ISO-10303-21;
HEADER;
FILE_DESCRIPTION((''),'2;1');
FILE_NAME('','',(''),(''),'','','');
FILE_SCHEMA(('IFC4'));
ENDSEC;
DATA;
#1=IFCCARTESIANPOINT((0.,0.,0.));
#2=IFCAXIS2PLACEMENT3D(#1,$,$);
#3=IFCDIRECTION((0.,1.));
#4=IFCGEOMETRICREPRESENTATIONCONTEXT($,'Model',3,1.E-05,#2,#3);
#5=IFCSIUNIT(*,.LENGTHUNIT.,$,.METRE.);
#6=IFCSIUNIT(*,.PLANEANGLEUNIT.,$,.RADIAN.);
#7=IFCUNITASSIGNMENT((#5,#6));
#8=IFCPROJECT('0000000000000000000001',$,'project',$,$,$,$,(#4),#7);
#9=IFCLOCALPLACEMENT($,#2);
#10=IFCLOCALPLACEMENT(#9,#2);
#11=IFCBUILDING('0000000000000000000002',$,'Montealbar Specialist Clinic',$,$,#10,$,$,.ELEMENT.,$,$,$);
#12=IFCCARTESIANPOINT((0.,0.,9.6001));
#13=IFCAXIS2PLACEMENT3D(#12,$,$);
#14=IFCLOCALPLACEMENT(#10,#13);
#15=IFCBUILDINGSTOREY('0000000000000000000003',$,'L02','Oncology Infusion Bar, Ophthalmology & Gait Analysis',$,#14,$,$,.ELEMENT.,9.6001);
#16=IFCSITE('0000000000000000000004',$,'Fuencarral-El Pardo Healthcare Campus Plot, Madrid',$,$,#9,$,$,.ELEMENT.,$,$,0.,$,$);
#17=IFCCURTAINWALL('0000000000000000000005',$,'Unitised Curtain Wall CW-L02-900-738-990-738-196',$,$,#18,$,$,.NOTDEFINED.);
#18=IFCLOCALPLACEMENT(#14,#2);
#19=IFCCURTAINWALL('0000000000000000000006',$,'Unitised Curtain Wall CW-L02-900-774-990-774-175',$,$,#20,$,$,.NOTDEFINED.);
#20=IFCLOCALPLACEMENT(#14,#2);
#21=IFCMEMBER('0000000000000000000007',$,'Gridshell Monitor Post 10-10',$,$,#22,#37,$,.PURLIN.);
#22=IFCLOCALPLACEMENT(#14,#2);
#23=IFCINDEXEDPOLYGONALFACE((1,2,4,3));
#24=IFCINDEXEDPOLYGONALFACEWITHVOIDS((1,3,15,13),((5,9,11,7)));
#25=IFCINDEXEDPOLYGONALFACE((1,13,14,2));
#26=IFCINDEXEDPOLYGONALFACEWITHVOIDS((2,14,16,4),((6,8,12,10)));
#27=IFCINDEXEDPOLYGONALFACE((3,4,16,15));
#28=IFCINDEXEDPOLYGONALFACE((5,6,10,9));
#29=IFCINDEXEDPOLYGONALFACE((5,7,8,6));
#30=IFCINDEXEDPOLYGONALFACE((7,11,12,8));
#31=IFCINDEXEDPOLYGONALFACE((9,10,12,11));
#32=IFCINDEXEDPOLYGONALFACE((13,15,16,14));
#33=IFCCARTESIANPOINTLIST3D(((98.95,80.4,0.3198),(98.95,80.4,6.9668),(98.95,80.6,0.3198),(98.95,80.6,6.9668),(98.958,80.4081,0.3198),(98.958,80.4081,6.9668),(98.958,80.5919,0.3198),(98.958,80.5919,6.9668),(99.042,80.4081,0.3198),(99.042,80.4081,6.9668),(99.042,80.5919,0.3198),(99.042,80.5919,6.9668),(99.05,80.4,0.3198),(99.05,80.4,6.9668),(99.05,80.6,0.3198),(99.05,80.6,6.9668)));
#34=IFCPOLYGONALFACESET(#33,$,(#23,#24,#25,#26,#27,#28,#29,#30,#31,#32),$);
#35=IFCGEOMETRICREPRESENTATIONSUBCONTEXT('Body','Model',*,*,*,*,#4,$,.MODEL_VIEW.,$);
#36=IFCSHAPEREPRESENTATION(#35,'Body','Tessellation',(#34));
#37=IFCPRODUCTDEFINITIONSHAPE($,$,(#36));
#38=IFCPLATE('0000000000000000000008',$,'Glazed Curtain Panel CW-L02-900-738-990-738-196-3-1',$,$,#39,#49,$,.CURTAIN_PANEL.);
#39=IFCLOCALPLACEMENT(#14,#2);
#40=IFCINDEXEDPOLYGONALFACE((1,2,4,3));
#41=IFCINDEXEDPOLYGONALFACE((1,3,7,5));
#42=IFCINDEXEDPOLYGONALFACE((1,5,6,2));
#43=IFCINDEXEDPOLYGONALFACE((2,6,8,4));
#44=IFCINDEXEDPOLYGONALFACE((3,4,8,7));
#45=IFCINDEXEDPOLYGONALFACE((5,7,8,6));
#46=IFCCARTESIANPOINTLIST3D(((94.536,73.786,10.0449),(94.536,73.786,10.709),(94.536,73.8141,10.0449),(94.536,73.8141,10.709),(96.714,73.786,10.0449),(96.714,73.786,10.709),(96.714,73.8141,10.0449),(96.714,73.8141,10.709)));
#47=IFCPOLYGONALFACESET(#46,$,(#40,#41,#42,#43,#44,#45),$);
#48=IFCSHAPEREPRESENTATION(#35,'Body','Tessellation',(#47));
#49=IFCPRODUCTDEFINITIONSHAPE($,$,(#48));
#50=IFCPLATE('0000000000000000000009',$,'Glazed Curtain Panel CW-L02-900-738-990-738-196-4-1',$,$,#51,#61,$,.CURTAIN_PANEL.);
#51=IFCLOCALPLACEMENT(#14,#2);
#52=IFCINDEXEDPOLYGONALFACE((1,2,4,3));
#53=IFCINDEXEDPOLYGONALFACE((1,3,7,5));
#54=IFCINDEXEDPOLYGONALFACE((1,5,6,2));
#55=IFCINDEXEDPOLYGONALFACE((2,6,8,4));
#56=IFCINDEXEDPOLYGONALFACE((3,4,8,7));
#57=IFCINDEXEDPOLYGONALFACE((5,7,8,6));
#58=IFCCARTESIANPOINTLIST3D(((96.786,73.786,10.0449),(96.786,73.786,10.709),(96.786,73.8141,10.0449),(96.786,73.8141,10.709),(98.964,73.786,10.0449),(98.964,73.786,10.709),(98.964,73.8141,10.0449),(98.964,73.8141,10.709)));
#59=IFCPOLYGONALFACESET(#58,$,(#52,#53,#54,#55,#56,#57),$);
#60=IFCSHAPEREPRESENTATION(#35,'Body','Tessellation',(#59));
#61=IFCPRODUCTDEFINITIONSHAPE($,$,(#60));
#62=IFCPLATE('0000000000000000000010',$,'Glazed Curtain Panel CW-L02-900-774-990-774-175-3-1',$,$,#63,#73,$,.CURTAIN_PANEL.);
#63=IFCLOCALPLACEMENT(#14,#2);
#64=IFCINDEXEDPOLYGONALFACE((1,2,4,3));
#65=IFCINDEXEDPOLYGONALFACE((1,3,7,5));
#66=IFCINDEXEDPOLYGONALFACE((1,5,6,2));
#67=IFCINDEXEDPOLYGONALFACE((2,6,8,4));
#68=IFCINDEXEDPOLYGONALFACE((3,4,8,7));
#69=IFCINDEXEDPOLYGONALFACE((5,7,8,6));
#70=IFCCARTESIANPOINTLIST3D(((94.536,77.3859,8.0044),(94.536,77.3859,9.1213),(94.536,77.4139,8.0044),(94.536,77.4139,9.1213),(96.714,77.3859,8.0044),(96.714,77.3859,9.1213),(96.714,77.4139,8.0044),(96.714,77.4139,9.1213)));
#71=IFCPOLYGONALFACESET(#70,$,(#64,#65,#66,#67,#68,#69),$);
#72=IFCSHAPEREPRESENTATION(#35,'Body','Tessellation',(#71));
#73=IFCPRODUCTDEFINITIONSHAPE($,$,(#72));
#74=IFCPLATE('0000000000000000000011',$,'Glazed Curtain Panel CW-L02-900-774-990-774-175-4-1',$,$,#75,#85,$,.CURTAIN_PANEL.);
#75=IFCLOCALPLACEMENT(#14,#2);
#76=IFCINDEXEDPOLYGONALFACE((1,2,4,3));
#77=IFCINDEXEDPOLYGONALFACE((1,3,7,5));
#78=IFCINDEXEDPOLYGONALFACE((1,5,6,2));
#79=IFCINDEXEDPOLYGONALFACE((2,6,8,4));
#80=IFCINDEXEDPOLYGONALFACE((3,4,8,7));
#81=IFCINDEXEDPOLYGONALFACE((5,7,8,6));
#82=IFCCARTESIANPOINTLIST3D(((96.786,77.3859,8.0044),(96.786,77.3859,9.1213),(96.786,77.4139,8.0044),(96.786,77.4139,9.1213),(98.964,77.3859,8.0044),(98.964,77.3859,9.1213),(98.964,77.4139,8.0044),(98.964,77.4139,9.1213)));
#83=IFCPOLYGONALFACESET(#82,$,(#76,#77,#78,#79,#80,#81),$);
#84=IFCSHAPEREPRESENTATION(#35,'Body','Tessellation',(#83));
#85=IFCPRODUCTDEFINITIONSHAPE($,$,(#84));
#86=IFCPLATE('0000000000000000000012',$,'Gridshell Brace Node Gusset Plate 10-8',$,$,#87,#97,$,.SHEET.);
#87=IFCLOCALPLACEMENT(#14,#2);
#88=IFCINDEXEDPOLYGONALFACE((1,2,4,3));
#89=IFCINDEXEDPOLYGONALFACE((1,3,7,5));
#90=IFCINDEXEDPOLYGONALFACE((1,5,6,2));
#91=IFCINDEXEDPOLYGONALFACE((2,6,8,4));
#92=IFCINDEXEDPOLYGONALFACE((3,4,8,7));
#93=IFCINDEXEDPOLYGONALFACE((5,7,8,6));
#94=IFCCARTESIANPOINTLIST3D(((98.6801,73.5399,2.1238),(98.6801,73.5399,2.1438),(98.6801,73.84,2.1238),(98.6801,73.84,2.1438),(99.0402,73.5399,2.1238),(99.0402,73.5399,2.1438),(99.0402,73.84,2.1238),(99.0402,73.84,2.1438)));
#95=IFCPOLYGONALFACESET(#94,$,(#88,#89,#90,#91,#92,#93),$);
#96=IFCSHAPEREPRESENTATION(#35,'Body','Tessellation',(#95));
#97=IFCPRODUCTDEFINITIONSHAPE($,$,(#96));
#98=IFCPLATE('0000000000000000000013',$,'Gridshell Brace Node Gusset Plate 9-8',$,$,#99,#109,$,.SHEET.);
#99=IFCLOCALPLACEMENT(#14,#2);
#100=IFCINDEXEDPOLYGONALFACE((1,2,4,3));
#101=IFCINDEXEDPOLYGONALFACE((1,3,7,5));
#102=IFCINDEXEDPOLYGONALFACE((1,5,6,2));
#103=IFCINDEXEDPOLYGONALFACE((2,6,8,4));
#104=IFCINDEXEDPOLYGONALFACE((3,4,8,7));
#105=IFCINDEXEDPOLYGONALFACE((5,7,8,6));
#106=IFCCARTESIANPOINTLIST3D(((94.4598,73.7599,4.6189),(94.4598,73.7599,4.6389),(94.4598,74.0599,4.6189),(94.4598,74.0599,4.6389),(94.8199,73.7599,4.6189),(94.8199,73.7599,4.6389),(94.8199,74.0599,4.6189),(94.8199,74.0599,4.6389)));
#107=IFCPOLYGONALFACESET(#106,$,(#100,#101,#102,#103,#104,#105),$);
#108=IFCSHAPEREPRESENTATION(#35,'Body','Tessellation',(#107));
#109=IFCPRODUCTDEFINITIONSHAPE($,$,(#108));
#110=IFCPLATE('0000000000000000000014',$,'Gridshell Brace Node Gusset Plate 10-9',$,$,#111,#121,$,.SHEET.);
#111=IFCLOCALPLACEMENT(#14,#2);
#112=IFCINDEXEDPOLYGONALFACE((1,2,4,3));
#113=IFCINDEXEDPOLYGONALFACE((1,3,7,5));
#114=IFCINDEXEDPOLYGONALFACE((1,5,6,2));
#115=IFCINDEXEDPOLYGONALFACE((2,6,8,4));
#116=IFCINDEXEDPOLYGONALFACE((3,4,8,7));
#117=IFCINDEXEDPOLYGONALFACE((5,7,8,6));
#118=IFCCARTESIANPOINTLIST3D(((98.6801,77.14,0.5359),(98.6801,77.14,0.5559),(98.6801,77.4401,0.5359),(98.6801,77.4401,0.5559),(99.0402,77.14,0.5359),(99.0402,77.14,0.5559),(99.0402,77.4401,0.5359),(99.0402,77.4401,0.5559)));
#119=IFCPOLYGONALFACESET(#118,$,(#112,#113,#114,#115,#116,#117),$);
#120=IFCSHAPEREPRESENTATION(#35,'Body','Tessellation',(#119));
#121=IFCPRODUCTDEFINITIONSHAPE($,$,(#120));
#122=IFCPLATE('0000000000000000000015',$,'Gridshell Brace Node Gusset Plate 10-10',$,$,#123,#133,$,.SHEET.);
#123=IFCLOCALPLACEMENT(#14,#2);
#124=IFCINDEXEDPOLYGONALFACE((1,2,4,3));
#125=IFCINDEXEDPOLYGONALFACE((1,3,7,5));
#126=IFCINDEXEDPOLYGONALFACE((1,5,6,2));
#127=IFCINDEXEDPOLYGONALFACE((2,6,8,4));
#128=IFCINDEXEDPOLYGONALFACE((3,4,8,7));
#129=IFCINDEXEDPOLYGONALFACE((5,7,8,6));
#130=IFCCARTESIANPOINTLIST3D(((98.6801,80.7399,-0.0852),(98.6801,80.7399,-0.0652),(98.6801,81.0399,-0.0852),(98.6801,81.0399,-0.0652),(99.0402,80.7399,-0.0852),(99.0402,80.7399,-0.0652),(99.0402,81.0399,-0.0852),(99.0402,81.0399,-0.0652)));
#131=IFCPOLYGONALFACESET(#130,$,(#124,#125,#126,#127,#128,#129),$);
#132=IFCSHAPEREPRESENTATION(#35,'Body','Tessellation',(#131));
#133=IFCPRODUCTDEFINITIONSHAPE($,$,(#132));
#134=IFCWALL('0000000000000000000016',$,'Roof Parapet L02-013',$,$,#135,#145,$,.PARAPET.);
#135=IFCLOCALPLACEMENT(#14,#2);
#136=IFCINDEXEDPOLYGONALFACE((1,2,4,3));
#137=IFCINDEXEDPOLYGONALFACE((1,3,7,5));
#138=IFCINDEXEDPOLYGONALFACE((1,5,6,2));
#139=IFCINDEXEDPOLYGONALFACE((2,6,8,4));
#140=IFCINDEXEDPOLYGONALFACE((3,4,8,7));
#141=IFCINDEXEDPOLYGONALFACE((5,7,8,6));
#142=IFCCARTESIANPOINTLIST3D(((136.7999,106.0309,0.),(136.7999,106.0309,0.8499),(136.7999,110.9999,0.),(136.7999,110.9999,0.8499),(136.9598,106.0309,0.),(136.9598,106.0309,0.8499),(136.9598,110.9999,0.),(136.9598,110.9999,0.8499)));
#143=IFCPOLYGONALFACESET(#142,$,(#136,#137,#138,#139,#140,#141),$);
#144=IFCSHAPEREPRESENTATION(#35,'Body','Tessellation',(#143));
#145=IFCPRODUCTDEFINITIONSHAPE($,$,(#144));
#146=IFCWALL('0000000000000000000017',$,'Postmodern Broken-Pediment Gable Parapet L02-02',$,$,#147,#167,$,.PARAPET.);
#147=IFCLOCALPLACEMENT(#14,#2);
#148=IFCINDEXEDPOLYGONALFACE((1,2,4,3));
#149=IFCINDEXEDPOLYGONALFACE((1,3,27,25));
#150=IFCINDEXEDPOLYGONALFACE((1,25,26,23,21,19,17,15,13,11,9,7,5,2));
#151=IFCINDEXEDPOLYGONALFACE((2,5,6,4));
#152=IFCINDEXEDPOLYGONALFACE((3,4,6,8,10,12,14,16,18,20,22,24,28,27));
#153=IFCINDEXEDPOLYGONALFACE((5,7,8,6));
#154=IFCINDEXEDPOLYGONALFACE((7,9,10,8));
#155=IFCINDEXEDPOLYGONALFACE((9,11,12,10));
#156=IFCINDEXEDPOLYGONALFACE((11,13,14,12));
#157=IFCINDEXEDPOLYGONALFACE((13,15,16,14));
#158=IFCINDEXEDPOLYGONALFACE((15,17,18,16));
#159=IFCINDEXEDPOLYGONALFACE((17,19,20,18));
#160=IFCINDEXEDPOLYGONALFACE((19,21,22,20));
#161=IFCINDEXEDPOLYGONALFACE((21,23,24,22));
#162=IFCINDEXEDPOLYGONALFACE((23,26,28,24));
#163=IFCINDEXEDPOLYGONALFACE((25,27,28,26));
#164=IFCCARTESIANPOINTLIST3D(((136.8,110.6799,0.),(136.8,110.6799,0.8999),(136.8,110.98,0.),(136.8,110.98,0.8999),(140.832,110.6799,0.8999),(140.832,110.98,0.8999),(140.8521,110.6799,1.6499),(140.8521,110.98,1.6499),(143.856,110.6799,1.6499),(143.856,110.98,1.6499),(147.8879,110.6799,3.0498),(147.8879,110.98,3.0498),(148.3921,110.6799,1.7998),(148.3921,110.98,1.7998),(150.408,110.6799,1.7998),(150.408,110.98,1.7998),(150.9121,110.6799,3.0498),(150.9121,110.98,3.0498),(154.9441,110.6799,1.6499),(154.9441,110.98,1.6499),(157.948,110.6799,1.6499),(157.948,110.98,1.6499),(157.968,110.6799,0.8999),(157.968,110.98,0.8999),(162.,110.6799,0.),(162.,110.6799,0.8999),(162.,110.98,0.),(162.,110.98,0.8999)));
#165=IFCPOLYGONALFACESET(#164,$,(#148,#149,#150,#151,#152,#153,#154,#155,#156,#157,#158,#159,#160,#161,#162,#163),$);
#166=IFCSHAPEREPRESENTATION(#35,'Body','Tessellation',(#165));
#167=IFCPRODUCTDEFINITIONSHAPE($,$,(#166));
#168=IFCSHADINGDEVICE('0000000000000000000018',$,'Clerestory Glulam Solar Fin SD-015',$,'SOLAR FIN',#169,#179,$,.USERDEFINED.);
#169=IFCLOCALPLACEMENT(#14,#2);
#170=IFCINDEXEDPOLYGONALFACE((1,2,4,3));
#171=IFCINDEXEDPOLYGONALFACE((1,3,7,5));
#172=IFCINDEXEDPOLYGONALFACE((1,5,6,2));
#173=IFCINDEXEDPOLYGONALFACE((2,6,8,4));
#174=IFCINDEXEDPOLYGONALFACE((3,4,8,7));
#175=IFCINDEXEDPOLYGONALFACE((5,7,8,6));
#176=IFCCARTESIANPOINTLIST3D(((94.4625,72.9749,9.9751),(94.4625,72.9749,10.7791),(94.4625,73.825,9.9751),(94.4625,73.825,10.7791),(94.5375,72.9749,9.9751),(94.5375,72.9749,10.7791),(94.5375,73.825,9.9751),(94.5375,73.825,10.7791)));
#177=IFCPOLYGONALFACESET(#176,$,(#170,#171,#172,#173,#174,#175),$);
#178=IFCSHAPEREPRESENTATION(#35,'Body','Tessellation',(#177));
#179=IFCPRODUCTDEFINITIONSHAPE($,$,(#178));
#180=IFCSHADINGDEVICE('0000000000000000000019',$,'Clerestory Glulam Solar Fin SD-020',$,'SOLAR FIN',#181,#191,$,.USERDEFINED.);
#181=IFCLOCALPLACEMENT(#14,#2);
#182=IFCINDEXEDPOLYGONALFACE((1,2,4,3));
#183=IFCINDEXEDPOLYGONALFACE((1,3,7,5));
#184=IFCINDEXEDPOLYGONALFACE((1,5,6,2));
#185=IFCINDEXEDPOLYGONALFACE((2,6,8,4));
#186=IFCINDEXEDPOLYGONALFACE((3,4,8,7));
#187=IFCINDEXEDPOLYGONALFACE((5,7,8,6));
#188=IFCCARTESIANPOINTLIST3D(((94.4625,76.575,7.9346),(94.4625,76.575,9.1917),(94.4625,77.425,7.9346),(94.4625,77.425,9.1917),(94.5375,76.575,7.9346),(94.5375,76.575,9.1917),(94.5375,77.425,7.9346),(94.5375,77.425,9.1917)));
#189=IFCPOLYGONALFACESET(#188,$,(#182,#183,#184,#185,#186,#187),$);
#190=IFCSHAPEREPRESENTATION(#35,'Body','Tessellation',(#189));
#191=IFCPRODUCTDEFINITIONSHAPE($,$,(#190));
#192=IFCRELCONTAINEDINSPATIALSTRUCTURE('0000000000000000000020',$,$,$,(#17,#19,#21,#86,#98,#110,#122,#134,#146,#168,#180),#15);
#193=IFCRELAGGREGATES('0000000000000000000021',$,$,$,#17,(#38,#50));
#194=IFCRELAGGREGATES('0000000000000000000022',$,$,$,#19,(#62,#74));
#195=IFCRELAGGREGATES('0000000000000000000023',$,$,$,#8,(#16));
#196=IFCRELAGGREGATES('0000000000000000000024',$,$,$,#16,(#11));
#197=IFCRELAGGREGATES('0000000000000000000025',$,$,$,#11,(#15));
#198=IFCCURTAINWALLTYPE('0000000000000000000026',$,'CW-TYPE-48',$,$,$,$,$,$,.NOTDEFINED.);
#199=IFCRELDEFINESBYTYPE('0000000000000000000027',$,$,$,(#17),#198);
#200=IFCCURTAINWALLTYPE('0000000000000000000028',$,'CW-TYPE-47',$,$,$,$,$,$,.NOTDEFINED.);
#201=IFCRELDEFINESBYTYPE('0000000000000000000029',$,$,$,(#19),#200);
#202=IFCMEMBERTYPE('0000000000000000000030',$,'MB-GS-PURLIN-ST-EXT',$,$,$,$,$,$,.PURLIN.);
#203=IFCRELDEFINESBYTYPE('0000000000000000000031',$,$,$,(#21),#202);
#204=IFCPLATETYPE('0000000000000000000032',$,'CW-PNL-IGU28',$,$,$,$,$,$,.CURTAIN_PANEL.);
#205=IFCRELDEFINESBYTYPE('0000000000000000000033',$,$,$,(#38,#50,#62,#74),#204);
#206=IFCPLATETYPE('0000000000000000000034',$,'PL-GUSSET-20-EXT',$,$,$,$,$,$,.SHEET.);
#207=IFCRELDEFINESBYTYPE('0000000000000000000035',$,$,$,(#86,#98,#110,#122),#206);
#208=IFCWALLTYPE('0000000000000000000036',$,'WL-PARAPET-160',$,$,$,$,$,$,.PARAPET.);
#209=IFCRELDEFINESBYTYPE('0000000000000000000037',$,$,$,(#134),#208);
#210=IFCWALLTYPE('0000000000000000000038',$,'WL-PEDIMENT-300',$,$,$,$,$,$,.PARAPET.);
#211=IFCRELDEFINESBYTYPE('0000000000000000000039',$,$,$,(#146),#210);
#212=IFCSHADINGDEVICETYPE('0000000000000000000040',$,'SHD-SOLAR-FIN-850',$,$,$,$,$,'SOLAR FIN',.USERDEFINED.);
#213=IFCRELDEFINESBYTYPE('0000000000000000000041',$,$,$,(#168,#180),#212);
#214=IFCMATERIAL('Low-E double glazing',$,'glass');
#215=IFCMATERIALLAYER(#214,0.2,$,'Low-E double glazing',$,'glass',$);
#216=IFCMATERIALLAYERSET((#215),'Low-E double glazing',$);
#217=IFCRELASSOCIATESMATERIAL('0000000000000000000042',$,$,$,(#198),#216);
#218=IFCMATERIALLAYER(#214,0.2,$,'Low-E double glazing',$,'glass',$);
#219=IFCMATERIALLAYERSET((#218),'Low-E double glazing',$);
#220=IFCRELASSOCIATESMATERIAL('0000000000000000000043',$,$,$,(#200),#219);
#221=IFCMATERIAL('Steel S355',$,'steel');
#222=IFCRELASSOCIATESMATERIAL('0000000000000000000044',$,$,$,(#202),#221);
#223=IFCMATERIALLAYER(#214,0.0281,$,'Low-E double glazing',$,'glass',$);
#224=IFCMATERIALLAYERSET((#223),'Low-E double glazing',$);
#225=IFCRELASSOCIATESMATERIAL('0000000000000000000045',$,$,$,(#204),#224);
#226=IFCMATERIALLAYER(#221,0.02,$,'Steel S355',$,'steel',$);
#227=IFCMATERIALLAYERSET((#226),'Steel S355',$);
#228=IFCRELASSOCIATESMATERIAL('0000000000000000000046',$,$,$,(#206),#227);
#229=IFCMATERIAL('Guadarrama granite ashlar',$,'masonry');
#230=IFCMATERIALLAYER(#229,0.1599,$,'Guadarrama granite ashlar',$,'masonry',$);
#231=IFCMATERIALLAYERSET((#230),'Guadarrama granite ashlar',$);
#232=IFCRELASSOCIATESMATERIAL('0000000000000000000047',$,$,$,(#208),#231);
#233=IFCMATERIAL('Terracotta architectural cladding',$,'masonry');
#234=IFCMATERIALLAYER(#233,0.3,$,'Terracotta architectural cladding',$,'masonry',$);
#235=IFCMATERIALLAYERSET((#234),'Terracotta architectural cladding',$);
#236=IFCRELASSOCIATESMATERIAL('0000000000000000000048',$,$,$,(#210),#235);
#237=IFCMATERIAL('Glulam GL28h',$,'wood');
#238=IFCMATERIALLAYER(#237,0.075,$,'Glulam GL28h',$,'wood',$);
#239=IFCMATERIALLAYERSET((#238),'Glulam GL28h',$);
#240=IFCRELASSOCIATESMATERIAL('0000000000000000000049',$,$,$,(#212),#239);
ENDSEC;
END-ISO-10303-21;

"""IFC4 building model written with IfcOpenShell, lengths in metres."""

from ifc_helpers import new_model, si_unit, direction, frame, frame_2d, origin, origin_2d, place, context, subcontext, project, spatial, polyline, rectangle, hollow_rectangle, outline, extrude, material, layer, layer_set, material_profile, profile_set, type_object, element, aggregate, save


model = new_model("IFC4")

# Units and contexts
model_context = context("Model", 3, precision=1e-05, world=origin(), true_north=direction((0.0, 1.0)))
body_context = subcontext(model_context, "Body", "Model", "MODEL_VIEW")
ifc_project = project(units=[si_unit("LENGTHUNIT", "METRE"), si_unit("PLANEANGLEUNIT", "RADIAN")], contexts=[model_context])

# Site, building, storey
site_placement = place(None, origin())
site = spatial("IfcSite", under=ifc_project, at=site_placement, Name="Fuencarral-El Pardo Healthcare Campus Plot, Madrid", CompositionType="ELEMENT", RefElevation=0.0)
building_placement = place(site_placement, origin())
building = spatial("IfcBuilding", under=site, at=building_placement, Name="Montealbar Specialist Clinic", CompositionType="ELEMENT")
storey_placement = place(building_placement, frame((0.0, 0.0, 9.6001)))
storey = spatial("IfcBuildingStorey", under=building, at=storey_placement, Name="L02", Description="Oncology Infusion Bar, Ophthalmology & Gait Analysis", CompositionType="ELEMENT", Elevation=9.6001)

# Shared definitions
ifc_material_1 = material(Name="Steel S355", Category="steel")
ifc_material_2 = material(Name="Glulam GL28h", Category="wood")

# Curtain walls
ifc_material_3 = material(Name="Low-E double glazing", Category="glass")
ifc_layer_1 = layer(ifc_material_3, 0.2, Name="Low-E double glazing", Category="glass")
ifc_layer_set_1 = layer_set([ifc_layer_1], Name="Low-E double glazing")
curtain_wall_type_1 = type_object("IfcCurtainWallType", Name="CW-TYPE-48", PredefinedType="NOTDEFINED", material=ifc_layer_set_1)
curtain_wall_1_placement = place(storey_placement, origin())
curtain_wall_1 = element("IfcCurtainWall", 1, at=curtain_wall_1_placement, inside=storey, type_object=curtain_wall_type_1, Name="Unitised Curtain Wall CW-L02-900-738-990-738-196", PredefinedType="NOTDEFINED")
ifc_layer_2 = layer(ifc_material_3, 0.2, Name="Low-E double glazing", Category="glass")
ifc_layer_set_2 = layer_set([ifc_layer_2], Name="Low-E double glazing")
curtain_wall_type_2 = type_object("IfcCurtainWallType", Name="CW-TYPE-47", PredefinedType="NOTDEFINED", material=ifc_layer_set_2)
curtain_wall_2_placement = place(storey_placement, origin())
curtain_wall_2 = element("IfcCurtainWall", 2, at=curtain_wall_2_placement, inside=storey, type_object=curtain_wall_type_2, Name="Unitised Curtain Wall CW-L02-900-774-990-774-175", PredefinedType="NOTDEFINED")

# Member
ifc_material_profile_1 = material_profile(ifc_material_1, hollow_rectangle(XDim=0.1001, YDim=0.2, WallThickness=0.0081, at=origin_2d()), Name="RHS 200x100x8", Category="steel")
ifc_profile_set_1 = profile_set([ifc_material_profile_1], Name="Steel S355")
member_type_1 = type_object("IfcMemberType", Name="MB-GS-PURLIN-ST-EXT", PredefinedType="PURLIN", material=ifc_profile_set_1)
member_1_placement = place(storey_placement, frame((99.0, 80.5, 0.3198), z_axis=(0.0, 0.0, 1.0), x_axis=(1.0, 0.0, 0.0)))
element("IfcMember", 3, at=member_1_placement, inside=storey, type_object=member_type_1, Name="Gridshell Monitor Post 10-10", PredefinedType="PURLIN", context=body_context, shape_type="SweptSolid", body=[
    extrude(hollow_rectangle(XDim=0.1001, YDim=0.2, WallThickness=0.0081, at=origin_2d()), origin(), (0.0, 0.0, 1.0), 6.647),
])

# Plates
ifc_layer_3 = layer(ifc_material_3, 0.0281, Name="Low-E double glazing", Category="glass")
ifc_layer_set_3 = layer_set([ifc_layer_3], Name="Low-E double glazing")
plate_type_1 = type_object("IfcPlateType", Name="CW-PNL-IGU28", PredefinedType="CURTAIN_PANEL", material=ifc_layer_set_3)
plate_1_placement = place(storey_placement, frame((95.625, 73.8, 10.0449), z_axis=(0.0, 0.0, 1.0), x_axis=(1.0, 0.0, 0.0)))
plate_1 = element("IfcPlate", 4, at=plate_1_placement, type_object=plate_type_1, Name="Glazed Curtain Panel CW-L02-900-738-990-738-196-3-1", PredefinedType="CURTAIN_PANEL", context=body_context, shape_type="SweptSolid", body=[
    extrude(rectangle(XDim=2.178, YDim=0.0281, at=origin_2d()), origin(), (0.0, 0.0, 1.0), 0.6641),
])
plate_2_placement = place(storey_placement, frame((97.875, 73.8, 10.0449), z_axis=(0.0, 0.0, 1.0), x_axis=(1.0, 0.0, 0.0)))
plate_2 = element("IfcPlate", 5, at=plate_2_placement, type_object=plate_type_1, Name="Glazed Curtain Panel CW-L02-900-738-990-738-196-4-1", PredefinedType="CURTAIN_PANEL", context=body_context, shape_type="SweptSolid", body=[
    extrude(rectangle(XDim=2.178, YDim=0.0281, at=origin_2d()), origin(), (0.0, 0.0, 1.0), 0.6641),
])
aggregate(curtain_wall_1, [plate_1, plate_2])
plate_3_placement = place(storey_placement, frame((95.625, 77.3999, 8.0044), z_axis=(0.0, 0.0, 1.0), x_axis=(1.0, 0.0, 0.0)))
plate_3 = element("IfcPlate", 6, at=plate_3_placement, type_object=plate_type_1, Name="Glazed Curtain Panel CW-L02-900-774-990-774-175-3-1", PredefinedType="CURTAIN_PANEL", context=body_context, shape_type="SweptSolid", body=[
    extrude(rectangle(XDim=2.178, YDim=0.0281, at=origin_2d()), origin(), (0.0, 0.0, 1.0), 1.1169),
])
plate_4_placement = place(storey_placement, frame((97.875, 77.3999, 8.0044), z_axis=(0.0, 0.0, 1.0), x_axis=(1.0, 0.0, 0.0)))
plate_4 = element("IfcPlate", 7, at=plate_4_placement, type_object=plate_type_1, Name="Glazed Curtain Panel CW-L02-900-774-990-774-175-4-1", PredefinedType="CURTAIN_PANEL", context=body_context, shape_type="SweptSolid", body=[
    extrude(rectangle(XDim=2.178, YDim=0.0281, at=origin_2d()), origin(), (0.0, 0.0, 1.0), 1.1169),
])
aggregate(curtain_wall_2, [plate_3, plate_4])

# Plates
ifc_layer_4 = layer(ifc_material_1, 0.02, Name="Steel S355", Category="steel")
ifc_layer_set_4 = layer_set([ifc_layer_4], Name="Steel S355")
plate_type_2 = type_object("IfcPlateType", Name="PL-GUSSET-20-EXT", PredefinedType="SHEET", material=ifc_layer_set_4)
for number, where, z_axis, x_axis, name in (
    (8, (98.8601, 73.6899, 2.1238), (0.0, 0.0, 1.0), (1.0, 0.0, 0.0), "Gridshell Brace Node Gusset Plate 10-8"),
    (9, (94.6399, 73.9099, 4.6189), (0.0, 0.0, 1.0), (1.0, 0.0, 0.0), "Gridshell Brace Node Gusset Plate 9-8"),
    (10, (98.8601, 77.29, 0.5359), (0.0, 0.0, 1.0), (1.0, 0.0, 0.0), "Gridshell Brace Node Gusset Plate 10-9"),
    (11, (98.8601, 80.8899, -0.0852), (0.0, 0.0, 1.0), (1.0, 0.0, 0.0), "Gridshell Brace Node Gusset Plate 10-10"),
):
    element("IfcPlate", number, at=place(storey_placement, frame(where, z_axis=z_axis, x_axis=x_axis)), inside=storey, type_object=plate_type_2, Name=name, PredefinedType="SHEET", context=body_context, shape_type="SweptSolid", body=[
        extrude(rectangle(XDim=0.3601, YDim=0.3, at=origin_2d()), origin(), (0.0, 0.0, 1.0), 0.02),
    ])

# Walls
ifc_material_4 = material(Name="Guadarrama granite ashlar", Category="masonry")
ifc_layer_5 = layer(ifc_material_4, 0.1599, Name="Guadarrama granite ashlar", Category="masonry")
ifc_layer_set_5 = layer_set([ifc_layer_5], Name="Guadarrama granite ashlar")
wall_type_1 = type_object("IfcWallType", Name="WL-PARAPET-160", PredefinedType="PARAPET", material=ifc_layer_set_5)
wall_1_placement = place(storey_placement, frame((136.8799, 106.031, 0.0), z_axis=(0.0, 0.0, 1.0), x_axis=(0.0, 1.0, 0.0)))
element("IfcWall", 12, at=wall_1_placement, inside=storey, type_object=wall_type_1, Name="Roof Parapet L02-013", PredefinedType="PARAPET", context=body_context, shape_type="SweptSolid", body=[
    extrude(rectangle(XDim=4.969, YDim=0.1599, at=frame_2d((2.4844, 0.0))), origin(), (0.0, 0.0, 1.0), 0.8499),
])
ifc_material_5 = material(Name="Terracotta architectural cladding", Category="masonry")
ifc_layer_6 = layer(ifc_material_5, 0.3, Name="Terracotta architectural cladding", Category="masonry")
ifc_layer_set_6 = layer_set([ifc_layer_6], Name="Terracotta architectural cladding")
wall_type_2 = type_object("IfcWallType", Name="WL-PEDIMENT-300", PredefinedType="PARAPET", material=ifc_layer_set_6)
wall_2_placement = place(storey_placement, frame((136.8, 110.8301, 0.0), z_axis=(0.0, 0.0, 1.0), x_axis=(1.0, 0.0, 0.0)))
element("IfcWall", 13, at=wall_2_placement, inside=storey, type_object=wall_type_2, Name="Postmodern Broken-Pediment Gable Parapet L02-02", PredefinedType="PARAPET", context=body_context, shape_type="SweptSolid", body=[
    extrude(outline(polyline([(0.0, 0.0), (25.2, 0.0), (25.2, 0.8999), (21.168, 0.8999), (21.1479, 1.6499), (18.144, 1.6499), (14.1121, 3.0498), (13.6079, 1.7998), (11.592, 1.7998), (11.0879, 3.0498), (7.0559, 1.6499), (4.052, 1.6499), (4.032, 0.8999), (0.0, 0.8999), (0.0, 0.0)])), frame((0.0, 0.1499, 0.0), z_axis=(0.0, -1.0, 0.0), x_axis=(1.0, 0.0, 0.0)), (0.0, 0.0, 1.0), 0.3),
])

# Shading devices
ifc_layer_7 = layer(ifc_material_2, 0.075, Name="Glulam GL28h", Category="wood")
ifc_layer_set_7 = layer_set([ifc_layer_7], Name="Glulam GL28h")
shading_device_type = type_object("IfcShadingDeviceType", Name="SHD-SOLAR-FIN-850", ElementType="SOLAR FIN", PredefinedType="USERDEFINED", material=ifc_layer_set_7)
shading_device_1_placement = place(storey_placement, frame((94.5, 73.3999, 9.9751), z_axis=(0.0, 0.0, 1.0), x_axis=(0.0, -1.0, 0.0)))
element("IfcShadingDevice", 14, at=shading_device_1_placement, inside=storey, type_object=shading_device_type, Name="Clerestory Glulam Solar Fin SD-015", ObjectType="SOLAR FIN", PredefinedType="USERDEFINED", context=body_context, shape_type="SweptSolid", body=[
    extrude(rectangle(XDim=0.8501, YDim=0.075, at=origin_2d()), origin(), (0.0, 0.0, 1.0), 0.804),
])
shading_device_2_placement = place(storey_placement, frame((94.5, 77.0, 7.9346), z_axis=(0.0, 0.0, 1.0), x_axis=(0.0, -1.0, 0.0)))
element("IfcShadingDevice", 15, at=shading_device_2_placement, inside=storey, type_object=shading_device_type, Name="Clerestory Glulam Solar Fin SD-020", ObjectType="SOLAR FIN", PredefinedType="USERDEFINED", context=body_context, shape_type="SweptSolid", body=[
    extrude(rectangle(XDim=0.8501, YDim=0.075, at=origin_2d()), origin(), (0.0, 0.0, 1.0), 1.2571),
])

save(model, "model.ifc")
